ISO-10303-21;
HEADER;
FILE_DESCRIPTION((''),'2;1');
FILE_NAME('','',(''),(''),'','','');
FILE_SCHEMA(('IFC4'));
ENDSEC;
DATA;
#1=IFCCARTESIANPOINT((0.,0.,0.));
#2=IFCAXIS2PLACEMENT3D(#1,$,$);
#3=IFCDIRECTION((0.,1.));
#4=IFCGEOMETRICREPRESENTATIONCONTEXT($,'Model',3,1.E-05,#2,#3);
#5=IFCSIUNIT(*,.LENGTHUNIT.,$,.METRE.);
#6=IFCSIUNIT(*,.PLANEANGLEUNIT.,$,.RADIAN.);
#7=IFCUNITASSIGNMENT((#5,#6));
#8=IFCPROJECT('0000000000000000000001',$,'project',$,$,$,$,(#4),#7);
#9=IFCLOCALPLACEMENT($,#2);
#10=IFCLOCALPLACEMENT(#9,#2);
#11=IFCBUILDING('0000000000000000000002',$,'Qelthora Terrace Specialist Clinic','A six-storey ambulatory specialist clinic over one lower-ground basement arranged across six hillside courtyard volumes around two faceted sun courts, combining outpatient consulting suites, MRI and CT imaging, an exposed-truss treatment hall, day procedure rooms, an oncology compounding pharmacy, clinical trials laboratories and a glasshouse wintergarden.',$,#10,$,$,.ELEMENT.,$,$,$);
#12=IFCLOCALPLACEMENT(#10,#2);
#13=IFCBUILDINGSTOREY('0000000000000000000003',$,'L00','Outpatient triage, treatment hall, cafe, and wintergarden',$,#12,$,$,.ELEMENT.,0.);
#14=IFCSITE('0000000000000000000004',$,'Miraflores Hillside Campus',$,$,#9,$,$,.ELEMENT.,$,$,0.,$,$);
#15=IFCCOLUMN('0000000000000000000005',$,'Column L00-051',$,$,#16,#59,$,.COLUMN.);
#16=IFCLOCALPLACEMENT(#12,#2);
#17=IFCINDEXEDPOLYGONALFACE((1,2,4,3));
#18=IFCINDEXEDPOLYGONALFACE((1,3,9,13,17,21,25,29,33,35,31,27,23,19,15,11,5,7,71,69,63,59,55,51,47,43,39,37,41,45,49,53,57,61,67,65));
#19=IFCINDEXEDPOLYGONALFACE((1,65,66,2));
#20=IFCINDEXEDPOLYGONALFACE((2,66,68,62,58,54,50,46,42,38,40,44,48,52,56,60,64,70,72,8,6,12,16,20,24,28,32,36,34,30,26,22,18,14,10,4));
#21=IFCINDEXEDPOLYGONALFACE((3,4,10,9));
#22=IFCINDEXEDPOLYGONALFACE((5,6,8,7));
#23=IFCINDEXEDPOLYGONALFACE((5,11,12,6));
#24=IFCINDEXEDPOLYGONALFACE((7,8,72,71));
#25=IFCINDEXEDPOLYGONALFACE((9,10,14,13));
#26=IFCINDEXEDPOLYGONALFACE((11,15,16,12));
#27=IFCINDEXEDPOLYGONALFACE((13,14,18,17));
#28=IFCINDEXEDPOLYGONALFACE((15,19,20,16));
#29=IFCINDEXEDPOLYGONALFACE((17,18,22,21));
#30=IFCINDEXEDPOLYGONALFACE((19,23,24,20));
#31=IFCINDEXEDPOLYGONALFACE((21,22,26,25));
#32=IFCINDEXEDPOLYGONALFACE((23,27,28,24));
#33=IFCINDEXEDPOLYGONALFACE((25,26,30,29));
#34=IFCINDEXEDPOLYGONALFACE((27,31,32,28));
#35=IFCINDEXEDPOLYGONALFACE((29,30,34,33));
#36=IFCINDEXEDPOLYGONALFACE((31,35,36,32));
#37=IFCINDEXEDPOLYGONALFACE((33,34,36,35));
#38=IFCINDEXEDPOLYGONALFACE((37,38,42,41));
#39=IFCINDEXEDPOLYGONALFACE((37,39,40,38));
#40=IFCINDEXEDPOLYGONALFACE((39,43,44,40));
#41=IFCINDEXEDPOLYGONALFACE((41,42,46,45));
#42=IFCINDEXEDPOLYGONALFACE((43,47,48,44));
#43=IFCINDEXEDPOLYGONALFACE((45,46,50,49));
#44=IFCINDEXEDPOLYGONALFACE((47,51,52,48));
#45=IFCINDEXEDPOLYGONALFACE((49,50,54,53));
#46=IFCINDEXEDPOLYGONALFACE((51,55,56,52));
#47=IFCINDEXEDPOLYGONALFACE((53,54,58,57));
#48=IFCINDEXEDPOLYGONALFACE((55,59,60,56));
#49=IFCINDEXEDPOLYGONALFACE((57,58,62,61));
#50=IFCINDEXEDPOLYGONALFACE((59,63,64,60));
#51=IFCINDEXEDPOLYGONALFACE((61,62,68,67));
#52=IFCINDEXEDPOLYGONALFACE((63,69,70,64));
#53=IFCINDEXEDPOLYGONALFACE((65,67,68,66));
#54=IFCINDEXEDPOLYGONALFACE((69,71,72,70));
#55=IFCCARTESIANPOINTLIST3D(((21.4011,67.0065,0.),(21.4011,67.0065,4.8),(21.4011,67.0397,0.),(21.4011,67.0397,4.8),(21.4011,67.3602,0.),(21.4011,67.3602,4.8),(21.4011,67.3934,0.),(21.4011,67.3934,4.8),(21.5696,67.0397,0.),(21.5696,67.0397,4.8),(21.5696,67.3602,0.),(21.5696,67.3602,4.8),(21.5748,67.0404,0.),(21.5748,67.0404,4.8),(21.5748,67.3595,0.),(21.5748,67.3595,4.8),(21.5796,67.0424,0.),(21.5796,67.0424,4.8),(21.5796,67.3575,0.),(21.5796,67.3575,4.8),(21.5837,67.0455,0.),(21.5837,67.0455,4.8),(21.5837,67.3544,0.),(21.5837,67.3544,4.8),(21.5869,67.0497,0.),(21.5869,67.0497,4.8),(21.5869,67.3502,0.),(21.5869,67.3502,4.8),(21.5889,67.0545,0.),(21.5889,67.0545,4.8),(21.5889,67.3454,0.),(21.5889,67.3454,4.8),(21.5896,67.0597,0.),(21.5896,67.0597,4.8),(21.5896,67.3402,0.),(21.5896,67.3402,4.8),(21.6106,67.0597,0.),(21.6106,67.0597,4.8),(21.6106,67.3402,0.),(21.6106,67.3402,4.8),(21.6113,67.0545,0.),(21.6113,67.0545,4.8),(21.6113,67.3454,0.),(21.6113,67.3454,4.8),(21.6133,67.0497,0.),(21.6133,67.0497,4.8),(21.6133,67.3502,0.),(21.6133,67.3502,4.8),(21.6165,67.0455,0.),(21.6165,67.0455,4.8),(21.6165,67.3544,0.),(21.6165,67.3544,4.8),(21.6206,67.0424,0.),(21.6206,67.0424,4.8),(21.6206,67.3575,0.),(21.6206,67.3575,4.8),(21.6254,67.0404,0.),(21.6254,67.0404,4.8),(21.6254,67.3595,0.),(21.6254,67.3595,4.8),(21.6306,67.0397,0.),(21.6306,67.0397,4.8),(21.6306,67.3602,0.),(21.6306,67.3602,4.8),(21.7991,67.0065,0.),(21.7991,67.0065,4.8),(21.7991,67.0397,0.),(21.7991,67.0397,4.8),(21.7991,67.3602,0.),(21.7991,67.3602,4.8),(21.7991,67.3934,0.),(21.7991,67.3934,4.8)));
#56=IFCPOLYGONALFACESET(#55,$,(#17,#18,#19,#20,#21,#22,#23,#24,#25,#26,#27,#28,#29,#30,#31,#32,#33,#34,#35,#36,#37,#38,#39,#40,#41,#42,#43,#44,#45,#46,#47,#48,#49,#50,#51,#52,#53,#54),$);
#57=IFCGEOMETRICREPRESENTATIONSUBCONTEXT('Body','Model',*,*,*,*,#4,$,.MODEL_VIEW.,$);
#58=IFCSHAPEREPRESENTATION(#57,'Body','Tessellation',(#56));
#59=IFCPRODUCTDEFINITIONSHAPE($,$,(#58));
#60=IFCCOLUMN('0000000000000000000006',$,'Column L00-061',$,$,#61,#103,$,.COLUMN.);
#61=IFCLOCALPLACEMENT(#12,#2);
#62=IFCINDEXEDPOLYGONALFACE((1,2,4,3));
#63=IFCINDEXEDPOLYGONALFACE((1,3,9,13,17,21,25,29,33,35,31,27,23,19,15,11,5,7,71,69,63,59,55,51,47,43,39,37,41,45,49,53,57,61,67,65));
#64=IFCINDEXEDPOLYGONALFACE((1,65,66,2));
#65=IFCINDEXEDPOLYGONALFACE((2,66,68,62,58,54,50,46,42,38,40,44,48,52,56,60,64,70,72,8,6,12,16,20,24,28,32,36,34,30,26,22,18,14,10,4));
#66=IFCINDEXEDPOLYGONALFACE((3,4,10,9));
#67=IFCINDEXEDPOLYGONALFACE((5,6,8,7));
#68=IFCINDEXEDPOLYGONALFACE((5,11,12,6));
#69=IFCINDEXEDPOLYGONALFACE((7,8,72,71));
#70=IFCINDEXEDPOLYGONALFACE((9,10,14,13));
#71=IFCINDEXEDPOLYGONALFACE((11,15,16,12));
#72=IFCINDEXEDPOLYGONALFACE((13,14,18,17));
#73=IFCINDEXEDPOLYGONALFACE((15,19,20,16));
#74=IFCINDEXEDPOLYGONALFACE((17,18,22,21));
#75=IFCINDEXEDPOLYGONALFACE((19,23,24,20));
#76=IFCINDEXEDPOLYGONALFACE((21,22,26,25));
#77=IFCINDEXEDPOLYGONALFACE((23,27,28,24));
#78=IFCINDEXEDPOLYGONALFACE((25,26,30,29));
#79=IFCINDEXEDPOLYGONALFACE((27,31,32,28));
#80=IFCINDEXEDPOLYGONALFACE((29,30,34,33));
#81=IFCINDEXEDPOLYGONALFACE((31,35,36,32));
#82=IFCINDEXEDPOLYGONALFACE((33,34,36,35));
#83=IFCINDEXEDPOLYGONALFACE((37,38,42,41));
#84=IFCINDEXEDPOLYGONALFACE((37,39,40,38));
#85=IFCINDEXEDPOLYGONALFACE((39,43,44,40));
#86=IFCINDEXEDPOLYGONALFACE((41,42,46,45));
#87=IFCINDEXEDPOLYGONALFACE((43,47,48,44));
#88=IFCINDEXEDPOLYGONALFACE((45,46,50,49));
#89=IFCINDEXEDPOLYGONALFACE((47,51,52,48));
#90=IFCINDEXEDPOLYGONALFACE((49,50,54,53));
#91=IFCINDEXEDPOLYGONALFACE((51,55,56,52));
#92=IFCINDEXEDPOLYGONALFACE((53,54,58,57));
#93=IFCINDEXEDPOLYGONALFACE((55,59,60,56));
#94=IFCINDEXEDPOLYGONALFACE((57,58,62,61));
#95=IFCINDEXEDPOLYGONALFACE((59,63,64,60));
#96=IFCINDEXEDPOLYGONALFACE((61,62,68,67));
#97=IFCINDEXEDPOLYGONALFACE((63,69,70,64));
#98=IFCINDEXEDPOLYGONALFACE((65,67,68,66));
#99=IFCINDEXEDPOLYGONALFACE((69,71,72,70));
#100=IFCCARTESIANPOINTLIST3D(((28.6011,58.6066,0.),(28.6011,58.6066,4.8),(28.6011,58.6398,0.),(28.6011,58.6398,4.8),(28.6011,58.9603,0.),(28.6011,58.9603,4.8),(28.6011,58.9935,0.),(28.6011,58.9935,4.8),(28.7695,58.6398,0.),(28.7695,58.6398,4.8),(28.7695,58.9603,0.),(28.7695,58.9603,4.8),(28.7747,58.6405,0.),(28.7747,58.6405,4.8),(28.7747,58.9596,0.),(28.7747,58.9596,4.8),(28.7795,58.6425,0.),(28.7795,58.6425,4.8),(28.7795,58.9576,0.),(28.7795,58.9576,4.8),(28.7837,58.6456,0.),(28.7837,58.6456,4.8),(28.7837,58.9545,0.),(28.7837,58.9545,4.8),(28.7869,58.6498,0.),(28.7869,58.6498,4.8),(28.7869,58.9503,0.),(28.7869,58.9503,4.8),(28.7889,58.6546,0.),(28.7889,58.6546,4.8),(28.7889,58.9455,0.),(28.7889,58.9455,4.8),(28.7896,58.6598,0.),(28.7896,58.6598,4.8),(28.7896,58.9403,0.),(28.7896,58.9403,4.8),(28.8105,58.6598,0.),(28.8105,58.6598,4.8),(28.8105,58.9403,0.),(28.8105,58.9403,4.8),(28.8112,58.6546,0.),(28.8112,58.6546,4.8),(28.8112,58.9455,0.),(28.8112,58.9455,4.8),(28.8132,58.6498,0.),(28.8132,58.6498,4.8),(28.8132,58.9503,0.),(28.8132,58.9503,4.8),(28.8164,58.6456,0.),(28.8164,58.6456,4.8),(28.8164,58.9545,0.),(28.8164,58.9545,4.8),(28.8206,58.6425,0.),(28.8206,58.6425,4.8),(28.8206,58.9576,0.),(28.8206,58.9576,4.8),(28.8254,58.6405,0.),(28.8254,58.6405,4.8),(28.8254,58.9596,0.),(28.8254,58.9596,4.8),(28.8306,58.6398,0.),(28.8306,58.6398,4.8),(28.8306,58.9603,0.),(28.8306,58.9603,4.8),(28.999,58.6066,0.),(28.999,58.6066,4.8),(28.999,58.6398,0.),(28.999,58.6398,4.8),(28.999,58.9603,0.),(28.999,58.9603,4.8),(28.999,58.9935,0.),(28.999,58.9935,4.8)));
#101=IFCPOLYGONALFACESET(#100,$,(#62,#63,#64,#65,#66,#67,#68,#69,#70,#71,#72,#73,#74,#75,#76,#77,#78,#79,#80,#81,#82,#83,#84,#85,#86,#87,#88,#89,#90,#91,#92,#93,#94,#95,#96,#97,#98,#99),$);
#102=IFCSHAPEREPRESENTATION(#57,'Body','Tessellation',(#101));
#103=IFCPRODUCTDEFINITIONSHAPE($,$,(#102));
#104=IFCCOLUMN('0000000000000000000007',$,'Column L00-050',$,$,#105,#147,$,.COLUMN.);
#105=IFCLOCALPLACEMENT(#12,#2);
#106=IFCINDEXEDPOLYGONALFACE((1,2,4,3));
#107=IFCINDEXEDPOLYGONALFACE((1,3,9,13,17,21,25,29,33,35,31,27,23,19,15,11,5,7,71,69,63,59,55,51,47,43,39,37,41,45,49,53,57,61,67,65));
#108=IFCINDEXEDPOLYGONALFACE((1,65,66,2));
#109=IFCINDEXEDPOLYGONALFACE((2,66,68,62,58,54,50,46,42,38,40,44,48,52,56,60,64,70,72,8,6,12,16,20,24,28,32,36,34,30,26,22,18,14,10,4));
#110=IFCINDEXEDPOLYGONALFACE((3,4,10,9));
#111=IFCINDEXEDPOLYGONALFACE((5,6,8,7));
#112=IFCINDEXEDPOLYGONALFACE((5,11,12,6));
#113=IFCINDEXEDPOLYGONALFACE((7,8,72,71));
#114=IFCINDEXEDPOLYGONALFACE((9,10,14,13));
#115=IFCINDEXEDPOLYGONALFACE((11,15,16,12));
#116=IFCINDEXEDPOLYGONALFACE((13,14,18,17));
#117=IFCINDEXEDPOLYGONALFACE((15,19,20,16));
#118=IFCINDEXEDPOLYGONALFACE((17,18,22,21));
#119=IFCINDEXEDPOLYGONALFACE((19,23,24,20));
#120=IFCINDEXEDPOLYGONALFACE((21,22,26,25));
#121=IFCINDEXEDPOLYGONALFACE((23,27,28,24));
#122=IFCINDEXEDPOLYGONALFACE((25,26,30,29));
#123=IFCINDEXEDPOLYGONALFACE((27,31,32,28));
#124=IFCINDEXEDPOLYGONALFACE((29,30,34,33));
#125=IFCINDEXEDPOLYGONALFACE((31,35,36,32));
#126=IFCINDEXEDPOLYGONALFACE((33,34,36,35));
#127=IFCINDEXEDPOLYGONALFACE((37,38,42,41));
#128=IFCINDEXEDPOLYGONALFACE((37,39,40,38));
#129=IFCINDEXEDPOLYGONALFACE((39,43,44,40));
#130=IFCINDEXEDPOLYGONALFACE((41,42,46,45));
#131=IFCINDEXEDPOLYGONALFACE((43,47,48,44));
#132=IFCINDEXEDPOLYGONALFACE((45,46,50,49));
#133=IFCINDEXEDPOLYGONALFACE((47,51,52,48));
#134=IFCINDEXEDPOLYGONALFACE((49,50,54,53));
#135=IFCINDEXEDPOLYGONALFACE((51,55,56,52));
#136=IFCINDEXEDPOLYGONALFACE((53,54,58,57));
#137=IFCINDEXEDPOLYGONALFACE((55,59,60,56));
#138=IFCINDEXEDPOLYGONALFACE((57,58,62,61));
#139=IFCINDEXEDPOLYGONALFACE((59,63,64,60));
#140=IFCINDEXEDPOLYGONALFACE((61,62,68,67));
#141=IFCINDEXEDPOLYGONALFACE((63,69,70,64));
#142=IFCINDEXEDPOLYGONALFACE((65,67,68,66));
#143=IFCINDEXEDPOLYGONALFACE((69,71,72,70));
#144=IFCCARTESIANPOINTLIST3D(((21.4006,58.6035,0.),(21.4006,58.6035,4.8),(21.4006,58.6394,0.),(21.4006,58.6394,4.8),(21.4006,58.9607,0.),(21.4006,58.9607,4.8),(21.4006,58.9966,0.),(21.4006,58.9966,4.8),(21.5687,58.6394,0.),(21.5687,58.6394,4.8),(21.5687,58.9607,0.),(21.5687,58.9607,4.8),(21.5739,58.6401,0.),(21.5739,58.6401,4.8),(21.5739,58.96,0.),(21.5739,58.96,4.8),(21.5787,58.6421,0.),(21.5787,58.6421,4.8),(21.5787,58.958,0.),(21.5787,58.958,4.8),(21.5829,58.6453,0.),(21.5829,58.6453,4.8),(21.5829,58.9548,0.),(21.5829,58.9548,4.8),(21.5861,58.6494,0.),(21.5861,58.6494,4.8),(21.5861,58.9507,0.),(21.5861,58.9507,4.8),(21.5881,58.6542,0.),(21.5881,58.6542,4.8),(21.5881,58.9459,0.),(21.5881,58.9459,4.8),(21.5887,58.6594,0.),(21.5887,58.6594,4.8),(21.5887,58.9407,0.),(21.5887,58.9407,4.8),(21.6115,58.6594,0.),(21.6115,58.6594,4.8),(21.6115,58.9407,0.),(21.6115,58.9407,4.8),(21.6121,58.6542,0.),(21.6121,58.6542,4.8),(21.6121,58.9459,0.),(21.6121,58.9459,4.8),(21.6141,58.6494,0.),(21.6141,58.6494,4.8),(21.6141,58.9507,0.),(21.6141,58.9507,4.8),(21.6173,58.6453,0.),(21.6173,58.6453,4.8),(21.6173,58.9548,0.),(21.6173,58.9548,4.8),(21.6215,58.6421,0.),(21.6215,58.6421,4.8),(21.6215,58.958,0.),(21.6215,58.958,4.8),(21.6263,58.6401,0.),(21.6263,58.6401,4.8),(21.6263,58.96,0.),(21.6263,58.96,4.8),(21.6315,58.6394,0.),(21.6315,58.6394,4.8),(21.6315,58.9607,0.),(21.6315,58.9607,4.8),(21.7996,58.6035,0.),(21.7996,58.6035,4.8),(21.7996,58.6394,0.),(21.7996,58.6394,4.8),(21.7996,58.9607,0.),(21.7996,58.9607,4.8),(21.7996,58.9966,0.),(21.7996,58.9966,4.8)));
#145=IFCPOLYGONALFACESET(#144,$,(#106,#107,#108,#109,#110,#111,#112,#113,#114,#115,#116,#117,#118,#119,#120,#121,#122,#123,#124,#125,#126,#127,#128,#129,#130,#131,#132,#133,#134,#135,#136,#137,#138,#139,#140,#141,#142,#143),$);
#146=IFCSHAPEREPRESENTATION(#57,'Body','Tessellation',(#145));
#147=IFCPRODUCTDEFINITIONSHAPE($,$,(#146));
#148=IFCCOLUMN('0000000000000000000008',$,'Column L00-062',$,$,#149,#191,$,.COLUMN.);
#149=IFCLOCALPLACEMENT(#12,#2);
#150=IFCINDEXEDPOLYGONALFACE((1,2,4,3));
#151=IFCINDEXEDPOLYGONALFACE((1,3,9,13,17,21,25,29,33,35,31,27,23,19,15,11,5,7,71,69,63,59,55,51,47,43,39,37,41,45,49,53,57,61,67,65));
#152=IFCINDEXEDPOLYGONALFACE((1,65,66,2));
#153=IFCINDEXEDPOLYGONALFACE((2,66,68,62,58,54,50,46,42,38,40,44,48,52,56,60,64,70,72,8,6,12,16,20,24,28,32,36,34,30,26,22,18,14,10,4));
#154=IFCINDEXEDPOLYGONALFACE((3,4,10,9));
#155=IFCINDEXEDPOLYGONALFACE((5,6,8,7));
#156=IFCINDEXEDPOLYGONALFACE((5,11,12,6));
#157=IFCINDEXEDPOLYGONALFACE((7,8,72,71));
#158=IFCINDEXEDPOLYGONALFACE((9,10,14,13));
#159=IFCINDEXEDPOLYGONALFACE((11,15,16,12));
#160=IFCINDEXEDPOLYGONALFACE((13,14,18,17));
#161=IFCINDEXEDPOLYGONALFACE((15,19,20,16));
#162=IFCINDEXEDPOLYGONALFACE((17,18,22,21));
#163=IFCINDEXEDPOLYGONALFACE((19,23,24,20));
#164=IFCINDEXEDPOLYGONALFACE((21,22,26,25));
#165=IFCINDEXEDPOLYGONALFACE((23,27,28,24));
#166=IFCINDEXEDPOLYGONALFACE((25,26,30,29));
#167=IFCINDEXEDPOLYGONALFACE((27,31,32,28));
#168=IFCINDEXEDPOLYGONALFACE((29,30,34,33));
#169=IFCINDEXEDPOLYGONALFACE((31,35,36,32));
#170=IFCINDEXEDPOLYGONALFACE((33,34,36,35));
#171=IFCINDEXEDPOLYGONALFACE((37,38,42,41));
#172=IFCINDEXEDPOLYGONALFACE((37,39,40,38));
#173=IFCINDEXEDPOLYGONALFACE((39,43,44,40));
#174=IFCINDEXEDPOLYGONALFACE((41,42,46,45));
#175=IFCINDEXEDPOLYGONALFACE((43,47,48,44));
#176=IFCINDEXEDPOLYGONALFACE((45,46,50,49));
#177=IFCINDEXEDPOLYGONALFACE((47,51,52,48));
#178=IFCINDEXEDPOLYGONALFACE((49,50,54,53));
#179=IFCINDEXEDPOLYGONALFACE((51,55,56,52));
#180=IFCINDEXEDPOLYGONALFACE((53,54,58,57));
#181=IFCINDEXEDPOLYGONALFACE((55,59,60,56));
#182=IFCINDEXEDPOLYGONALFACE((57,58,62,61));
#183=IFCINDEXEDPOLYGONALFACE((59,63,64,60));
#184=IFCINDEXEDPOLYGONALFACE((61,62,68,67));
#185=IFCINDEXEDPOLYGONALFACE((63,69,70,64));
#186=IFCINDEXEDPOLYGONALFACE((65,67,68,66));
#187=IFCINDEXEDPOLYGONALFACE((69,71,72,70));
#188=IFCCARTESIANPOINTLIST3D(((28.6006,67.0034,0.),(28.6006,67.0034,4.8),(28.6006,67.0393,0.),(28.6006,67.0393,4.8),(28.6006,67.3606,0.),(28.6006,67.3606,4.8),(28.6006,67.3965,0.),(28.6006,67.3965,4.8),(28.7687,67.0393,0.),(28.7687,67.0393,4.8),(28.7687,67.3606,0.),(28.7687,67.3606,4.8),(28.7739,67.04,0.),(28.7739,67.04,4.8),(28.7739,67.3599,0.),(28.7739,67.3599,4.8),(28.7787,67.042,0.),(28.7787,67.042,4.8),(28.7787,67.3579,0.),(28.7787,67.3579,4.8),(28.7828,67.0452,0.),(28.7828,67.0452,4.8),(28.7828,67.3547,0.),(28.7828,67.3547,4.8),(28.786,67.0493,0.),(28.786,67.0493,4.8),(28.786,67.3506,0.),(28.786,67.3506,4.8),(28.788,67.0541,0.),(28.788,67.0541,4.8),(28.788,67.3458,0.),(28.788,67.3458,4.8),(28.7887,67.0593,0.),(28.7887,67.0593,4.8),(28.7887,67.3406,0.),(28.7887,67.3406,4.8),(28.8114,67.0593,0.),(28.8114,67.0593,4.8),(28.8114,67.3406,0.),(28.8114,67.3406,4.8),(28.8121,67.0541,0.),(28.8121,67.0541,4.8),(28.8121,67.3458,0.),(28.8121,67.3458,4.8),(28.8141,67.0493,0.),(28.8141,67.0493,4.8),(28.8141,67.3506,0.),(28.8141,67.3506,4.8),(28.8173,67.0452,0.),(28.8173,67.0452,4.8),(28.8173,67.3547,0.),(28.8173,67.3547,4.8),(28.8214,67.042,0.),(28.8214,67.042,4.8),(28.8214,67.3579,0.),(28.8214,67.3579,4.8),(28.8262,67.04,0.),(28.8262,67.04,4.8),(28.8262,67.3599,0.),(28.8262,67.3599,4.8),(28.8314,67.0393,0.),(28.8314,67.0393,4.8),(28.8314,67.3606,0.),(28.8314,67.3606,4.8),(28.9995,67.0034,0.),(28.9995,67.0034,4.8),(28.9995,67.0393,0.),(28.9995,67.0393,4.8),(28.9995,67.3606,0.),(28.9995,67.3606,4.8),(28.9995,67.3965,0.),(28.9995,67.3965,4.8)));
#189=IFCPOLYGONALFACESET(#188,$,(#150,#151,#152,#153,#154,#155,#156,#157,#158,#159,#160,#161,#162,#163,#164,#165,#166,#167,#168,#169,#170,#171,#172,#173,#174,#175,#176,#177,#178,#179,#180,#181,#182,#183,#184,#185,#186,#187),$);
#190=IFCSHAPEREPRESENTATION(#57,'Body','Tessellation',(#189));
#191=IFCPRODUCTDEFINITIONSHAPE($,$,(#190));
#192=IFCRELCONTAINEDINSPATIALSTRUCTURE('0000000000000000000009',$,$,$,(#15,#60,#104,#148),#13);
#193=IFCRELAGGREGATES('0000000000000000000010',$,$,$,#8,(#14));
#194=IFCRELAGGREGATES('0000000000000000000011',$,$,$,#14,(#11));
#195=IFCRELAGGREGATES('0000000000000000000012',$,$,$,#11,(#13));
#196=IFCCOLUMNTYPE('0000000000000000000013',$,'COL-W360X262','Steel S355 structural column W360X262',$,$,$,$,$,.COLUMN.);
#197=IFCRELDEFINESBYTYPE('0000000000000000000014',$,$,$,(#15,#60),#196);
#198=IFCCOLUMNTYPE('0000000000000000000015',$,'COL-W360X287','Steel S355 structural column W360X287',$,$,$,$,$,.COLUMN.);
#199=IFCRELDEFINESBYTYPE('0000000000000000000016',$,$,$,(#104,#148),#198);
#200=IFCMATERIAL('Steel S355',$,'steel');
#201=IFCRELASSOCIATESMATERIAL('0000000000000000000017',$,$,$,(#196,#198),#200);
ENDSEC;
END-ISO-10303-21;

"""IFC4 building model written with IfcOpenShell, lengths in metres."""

from ifc_helpers import new_model, si_unit, direction, frame, origin, origin_2d, place, context, subcontext, project, spatial, i_section, extrude, material, material_profile, profile_set, type_object, element, save


model = new_model("IFC4")

# Units and contexts
model_context = context("Model", 3, precision=1e-05, world=origin(), true_north=direction((0.0, 1.0)))
body_context = subcontext(model_context, "Body", "Model", "MODEL_VIEW")
ifc_project = project(units=[si_unit("LENGTHUNIT", "METRE"), si_unit("PLANEANGLEUNIT", "RADIAN")], contexts=[model_context])

# Site, building, storey
site_placement = place(None, origin())
site = spatial("IfcSite", under=ifc_project, at=site_placement, Name="Miraflores Hillside Campus", CompositionType="ELEMENT", RefElevation=0.0)
building_placement = place(site_placement, origin())
building = spatial("IfcBuilding", under=site, at=building_placement, Name="Qelthora Terrace Specialist Clinic", Description="A six-storey ambulatory specialist clinic over one lower-ground basement arranged across six hillside courtyard volumes around two faceted sun courts, combining outpatient consulting suites, MRI and CT imaging, an exposed-truss treatment hall, day procedure rooms, an oncology compounding pharmacy, clinical trials laboratories and a glasshouse wintergarden.", CompositionType="ELEMENT")
storey_placement = place(building_placement, origin())
storey = spatial("IfcBuildingStorey", under=building, at=storey_placement, Name="L00", Description="Outpatient triage, treatment hall, cafe, and wintergarden", CompositionType="ELEMENT", Elevation=0.0)

# Columns
ifc_material_1 = material(Name="Steel S355", Category="steel")
ifc_material_profile_1 = material_profile(ifc_material_1, i_section(OverallWidth=0.3979, OverallDepth=0.387, WebThickness=0.021, FlangeThickness=0.0332, FilletRadius=0.02, at=origin_2d()), Name="W360X262")
ifc_profile_set_1 = profile_set([ifc_material_profile_1], Name="Steel S355")
column_type_1 = type_object("IfcColumnType", Name="COL-W360X262", Description="Steel S355 structural column W360X262", PredefinedType="COLUMN", material=ifc_profile_set_1)
for number, where, z_axis, x_axis, name in (
    (1, (21.6001, 67.2, 0.0), (0.0, 0.0, 1.0), (1.0, 0.0, 0.0), "Column L00-051"),
    (2, (28.8, 58.8, 0.0), (0.0, 0.0, 1.0), (1.0, 0.0, 0.0), "Column L00-061"),
):
    element("IfcColumn", number, at=place(storey_placement, frame(where, z_axis=z_axis, x_axis=x_axis)), inside=storey, type_object=column_type_1, Name=name, PredefinedType="COLUMN", context=body_context, shape_type="SweptSolid", body=[
        extrude(i_section(OverallWidth=0.3979, OverallDepth=0.387, WebThickness=0.021, FlangeThickness=0.0332, FilletRadius=0.02, at=origin_2d()), origin(), (0.0, 0.0, 1.0), 4.8),
    ])
ifc_material_profile_2 = material_profile(ifc_material_1, i_section(OverallWidth=0.3989, OverallDepth=0.3931, WebThickness=0.0227, FlangeThickness=0.0359, FilletRadius=0.02, at=origin_2d()), Name="W360X287")
ifc_profile_set_2 = profile_set([ifc_material_profile_2], Name="Steel S355")
column_type_2 = type_object("IfcColumnType", Name="COL-W360X287", Description="Steel S355 structural column W360X287", PredefinedType="COLUMN", material=ifc_profile_set_2)
for number, where, z_axis, x_axis, name in (
    (3, (21.6001, 58.8, 0.0), (0.0, 0.0, 1.0), (1.0, 0.0, 0.0), "Column L00-050"),
    (4, (28.8, 67.2, 0.0), (0.0, 0.0, 1.0), (1.0, 0.0, 0.0), "Column L00-062"),
):
    element("IfcColumn", number, at=place(storey_placement, frame(where, z_axis=z_axis, x_axis=x_axis)), inside=storey, type_object=column_type_2, Name=name, PredefinedType="COLUMN", context=body_context, shape_type="SweptSolid", body=[
        extrude(i_section(OverallWidth=0.3989, OverallDepth=0.3931, WebThickness=0.0227, FlangeThickness=0.0359, FilletRadius=0.02, at=origin_2d()), origin(), (0.0, 0.0, 1.0), 4.8),
    ])

save(model, "model.ifc")
